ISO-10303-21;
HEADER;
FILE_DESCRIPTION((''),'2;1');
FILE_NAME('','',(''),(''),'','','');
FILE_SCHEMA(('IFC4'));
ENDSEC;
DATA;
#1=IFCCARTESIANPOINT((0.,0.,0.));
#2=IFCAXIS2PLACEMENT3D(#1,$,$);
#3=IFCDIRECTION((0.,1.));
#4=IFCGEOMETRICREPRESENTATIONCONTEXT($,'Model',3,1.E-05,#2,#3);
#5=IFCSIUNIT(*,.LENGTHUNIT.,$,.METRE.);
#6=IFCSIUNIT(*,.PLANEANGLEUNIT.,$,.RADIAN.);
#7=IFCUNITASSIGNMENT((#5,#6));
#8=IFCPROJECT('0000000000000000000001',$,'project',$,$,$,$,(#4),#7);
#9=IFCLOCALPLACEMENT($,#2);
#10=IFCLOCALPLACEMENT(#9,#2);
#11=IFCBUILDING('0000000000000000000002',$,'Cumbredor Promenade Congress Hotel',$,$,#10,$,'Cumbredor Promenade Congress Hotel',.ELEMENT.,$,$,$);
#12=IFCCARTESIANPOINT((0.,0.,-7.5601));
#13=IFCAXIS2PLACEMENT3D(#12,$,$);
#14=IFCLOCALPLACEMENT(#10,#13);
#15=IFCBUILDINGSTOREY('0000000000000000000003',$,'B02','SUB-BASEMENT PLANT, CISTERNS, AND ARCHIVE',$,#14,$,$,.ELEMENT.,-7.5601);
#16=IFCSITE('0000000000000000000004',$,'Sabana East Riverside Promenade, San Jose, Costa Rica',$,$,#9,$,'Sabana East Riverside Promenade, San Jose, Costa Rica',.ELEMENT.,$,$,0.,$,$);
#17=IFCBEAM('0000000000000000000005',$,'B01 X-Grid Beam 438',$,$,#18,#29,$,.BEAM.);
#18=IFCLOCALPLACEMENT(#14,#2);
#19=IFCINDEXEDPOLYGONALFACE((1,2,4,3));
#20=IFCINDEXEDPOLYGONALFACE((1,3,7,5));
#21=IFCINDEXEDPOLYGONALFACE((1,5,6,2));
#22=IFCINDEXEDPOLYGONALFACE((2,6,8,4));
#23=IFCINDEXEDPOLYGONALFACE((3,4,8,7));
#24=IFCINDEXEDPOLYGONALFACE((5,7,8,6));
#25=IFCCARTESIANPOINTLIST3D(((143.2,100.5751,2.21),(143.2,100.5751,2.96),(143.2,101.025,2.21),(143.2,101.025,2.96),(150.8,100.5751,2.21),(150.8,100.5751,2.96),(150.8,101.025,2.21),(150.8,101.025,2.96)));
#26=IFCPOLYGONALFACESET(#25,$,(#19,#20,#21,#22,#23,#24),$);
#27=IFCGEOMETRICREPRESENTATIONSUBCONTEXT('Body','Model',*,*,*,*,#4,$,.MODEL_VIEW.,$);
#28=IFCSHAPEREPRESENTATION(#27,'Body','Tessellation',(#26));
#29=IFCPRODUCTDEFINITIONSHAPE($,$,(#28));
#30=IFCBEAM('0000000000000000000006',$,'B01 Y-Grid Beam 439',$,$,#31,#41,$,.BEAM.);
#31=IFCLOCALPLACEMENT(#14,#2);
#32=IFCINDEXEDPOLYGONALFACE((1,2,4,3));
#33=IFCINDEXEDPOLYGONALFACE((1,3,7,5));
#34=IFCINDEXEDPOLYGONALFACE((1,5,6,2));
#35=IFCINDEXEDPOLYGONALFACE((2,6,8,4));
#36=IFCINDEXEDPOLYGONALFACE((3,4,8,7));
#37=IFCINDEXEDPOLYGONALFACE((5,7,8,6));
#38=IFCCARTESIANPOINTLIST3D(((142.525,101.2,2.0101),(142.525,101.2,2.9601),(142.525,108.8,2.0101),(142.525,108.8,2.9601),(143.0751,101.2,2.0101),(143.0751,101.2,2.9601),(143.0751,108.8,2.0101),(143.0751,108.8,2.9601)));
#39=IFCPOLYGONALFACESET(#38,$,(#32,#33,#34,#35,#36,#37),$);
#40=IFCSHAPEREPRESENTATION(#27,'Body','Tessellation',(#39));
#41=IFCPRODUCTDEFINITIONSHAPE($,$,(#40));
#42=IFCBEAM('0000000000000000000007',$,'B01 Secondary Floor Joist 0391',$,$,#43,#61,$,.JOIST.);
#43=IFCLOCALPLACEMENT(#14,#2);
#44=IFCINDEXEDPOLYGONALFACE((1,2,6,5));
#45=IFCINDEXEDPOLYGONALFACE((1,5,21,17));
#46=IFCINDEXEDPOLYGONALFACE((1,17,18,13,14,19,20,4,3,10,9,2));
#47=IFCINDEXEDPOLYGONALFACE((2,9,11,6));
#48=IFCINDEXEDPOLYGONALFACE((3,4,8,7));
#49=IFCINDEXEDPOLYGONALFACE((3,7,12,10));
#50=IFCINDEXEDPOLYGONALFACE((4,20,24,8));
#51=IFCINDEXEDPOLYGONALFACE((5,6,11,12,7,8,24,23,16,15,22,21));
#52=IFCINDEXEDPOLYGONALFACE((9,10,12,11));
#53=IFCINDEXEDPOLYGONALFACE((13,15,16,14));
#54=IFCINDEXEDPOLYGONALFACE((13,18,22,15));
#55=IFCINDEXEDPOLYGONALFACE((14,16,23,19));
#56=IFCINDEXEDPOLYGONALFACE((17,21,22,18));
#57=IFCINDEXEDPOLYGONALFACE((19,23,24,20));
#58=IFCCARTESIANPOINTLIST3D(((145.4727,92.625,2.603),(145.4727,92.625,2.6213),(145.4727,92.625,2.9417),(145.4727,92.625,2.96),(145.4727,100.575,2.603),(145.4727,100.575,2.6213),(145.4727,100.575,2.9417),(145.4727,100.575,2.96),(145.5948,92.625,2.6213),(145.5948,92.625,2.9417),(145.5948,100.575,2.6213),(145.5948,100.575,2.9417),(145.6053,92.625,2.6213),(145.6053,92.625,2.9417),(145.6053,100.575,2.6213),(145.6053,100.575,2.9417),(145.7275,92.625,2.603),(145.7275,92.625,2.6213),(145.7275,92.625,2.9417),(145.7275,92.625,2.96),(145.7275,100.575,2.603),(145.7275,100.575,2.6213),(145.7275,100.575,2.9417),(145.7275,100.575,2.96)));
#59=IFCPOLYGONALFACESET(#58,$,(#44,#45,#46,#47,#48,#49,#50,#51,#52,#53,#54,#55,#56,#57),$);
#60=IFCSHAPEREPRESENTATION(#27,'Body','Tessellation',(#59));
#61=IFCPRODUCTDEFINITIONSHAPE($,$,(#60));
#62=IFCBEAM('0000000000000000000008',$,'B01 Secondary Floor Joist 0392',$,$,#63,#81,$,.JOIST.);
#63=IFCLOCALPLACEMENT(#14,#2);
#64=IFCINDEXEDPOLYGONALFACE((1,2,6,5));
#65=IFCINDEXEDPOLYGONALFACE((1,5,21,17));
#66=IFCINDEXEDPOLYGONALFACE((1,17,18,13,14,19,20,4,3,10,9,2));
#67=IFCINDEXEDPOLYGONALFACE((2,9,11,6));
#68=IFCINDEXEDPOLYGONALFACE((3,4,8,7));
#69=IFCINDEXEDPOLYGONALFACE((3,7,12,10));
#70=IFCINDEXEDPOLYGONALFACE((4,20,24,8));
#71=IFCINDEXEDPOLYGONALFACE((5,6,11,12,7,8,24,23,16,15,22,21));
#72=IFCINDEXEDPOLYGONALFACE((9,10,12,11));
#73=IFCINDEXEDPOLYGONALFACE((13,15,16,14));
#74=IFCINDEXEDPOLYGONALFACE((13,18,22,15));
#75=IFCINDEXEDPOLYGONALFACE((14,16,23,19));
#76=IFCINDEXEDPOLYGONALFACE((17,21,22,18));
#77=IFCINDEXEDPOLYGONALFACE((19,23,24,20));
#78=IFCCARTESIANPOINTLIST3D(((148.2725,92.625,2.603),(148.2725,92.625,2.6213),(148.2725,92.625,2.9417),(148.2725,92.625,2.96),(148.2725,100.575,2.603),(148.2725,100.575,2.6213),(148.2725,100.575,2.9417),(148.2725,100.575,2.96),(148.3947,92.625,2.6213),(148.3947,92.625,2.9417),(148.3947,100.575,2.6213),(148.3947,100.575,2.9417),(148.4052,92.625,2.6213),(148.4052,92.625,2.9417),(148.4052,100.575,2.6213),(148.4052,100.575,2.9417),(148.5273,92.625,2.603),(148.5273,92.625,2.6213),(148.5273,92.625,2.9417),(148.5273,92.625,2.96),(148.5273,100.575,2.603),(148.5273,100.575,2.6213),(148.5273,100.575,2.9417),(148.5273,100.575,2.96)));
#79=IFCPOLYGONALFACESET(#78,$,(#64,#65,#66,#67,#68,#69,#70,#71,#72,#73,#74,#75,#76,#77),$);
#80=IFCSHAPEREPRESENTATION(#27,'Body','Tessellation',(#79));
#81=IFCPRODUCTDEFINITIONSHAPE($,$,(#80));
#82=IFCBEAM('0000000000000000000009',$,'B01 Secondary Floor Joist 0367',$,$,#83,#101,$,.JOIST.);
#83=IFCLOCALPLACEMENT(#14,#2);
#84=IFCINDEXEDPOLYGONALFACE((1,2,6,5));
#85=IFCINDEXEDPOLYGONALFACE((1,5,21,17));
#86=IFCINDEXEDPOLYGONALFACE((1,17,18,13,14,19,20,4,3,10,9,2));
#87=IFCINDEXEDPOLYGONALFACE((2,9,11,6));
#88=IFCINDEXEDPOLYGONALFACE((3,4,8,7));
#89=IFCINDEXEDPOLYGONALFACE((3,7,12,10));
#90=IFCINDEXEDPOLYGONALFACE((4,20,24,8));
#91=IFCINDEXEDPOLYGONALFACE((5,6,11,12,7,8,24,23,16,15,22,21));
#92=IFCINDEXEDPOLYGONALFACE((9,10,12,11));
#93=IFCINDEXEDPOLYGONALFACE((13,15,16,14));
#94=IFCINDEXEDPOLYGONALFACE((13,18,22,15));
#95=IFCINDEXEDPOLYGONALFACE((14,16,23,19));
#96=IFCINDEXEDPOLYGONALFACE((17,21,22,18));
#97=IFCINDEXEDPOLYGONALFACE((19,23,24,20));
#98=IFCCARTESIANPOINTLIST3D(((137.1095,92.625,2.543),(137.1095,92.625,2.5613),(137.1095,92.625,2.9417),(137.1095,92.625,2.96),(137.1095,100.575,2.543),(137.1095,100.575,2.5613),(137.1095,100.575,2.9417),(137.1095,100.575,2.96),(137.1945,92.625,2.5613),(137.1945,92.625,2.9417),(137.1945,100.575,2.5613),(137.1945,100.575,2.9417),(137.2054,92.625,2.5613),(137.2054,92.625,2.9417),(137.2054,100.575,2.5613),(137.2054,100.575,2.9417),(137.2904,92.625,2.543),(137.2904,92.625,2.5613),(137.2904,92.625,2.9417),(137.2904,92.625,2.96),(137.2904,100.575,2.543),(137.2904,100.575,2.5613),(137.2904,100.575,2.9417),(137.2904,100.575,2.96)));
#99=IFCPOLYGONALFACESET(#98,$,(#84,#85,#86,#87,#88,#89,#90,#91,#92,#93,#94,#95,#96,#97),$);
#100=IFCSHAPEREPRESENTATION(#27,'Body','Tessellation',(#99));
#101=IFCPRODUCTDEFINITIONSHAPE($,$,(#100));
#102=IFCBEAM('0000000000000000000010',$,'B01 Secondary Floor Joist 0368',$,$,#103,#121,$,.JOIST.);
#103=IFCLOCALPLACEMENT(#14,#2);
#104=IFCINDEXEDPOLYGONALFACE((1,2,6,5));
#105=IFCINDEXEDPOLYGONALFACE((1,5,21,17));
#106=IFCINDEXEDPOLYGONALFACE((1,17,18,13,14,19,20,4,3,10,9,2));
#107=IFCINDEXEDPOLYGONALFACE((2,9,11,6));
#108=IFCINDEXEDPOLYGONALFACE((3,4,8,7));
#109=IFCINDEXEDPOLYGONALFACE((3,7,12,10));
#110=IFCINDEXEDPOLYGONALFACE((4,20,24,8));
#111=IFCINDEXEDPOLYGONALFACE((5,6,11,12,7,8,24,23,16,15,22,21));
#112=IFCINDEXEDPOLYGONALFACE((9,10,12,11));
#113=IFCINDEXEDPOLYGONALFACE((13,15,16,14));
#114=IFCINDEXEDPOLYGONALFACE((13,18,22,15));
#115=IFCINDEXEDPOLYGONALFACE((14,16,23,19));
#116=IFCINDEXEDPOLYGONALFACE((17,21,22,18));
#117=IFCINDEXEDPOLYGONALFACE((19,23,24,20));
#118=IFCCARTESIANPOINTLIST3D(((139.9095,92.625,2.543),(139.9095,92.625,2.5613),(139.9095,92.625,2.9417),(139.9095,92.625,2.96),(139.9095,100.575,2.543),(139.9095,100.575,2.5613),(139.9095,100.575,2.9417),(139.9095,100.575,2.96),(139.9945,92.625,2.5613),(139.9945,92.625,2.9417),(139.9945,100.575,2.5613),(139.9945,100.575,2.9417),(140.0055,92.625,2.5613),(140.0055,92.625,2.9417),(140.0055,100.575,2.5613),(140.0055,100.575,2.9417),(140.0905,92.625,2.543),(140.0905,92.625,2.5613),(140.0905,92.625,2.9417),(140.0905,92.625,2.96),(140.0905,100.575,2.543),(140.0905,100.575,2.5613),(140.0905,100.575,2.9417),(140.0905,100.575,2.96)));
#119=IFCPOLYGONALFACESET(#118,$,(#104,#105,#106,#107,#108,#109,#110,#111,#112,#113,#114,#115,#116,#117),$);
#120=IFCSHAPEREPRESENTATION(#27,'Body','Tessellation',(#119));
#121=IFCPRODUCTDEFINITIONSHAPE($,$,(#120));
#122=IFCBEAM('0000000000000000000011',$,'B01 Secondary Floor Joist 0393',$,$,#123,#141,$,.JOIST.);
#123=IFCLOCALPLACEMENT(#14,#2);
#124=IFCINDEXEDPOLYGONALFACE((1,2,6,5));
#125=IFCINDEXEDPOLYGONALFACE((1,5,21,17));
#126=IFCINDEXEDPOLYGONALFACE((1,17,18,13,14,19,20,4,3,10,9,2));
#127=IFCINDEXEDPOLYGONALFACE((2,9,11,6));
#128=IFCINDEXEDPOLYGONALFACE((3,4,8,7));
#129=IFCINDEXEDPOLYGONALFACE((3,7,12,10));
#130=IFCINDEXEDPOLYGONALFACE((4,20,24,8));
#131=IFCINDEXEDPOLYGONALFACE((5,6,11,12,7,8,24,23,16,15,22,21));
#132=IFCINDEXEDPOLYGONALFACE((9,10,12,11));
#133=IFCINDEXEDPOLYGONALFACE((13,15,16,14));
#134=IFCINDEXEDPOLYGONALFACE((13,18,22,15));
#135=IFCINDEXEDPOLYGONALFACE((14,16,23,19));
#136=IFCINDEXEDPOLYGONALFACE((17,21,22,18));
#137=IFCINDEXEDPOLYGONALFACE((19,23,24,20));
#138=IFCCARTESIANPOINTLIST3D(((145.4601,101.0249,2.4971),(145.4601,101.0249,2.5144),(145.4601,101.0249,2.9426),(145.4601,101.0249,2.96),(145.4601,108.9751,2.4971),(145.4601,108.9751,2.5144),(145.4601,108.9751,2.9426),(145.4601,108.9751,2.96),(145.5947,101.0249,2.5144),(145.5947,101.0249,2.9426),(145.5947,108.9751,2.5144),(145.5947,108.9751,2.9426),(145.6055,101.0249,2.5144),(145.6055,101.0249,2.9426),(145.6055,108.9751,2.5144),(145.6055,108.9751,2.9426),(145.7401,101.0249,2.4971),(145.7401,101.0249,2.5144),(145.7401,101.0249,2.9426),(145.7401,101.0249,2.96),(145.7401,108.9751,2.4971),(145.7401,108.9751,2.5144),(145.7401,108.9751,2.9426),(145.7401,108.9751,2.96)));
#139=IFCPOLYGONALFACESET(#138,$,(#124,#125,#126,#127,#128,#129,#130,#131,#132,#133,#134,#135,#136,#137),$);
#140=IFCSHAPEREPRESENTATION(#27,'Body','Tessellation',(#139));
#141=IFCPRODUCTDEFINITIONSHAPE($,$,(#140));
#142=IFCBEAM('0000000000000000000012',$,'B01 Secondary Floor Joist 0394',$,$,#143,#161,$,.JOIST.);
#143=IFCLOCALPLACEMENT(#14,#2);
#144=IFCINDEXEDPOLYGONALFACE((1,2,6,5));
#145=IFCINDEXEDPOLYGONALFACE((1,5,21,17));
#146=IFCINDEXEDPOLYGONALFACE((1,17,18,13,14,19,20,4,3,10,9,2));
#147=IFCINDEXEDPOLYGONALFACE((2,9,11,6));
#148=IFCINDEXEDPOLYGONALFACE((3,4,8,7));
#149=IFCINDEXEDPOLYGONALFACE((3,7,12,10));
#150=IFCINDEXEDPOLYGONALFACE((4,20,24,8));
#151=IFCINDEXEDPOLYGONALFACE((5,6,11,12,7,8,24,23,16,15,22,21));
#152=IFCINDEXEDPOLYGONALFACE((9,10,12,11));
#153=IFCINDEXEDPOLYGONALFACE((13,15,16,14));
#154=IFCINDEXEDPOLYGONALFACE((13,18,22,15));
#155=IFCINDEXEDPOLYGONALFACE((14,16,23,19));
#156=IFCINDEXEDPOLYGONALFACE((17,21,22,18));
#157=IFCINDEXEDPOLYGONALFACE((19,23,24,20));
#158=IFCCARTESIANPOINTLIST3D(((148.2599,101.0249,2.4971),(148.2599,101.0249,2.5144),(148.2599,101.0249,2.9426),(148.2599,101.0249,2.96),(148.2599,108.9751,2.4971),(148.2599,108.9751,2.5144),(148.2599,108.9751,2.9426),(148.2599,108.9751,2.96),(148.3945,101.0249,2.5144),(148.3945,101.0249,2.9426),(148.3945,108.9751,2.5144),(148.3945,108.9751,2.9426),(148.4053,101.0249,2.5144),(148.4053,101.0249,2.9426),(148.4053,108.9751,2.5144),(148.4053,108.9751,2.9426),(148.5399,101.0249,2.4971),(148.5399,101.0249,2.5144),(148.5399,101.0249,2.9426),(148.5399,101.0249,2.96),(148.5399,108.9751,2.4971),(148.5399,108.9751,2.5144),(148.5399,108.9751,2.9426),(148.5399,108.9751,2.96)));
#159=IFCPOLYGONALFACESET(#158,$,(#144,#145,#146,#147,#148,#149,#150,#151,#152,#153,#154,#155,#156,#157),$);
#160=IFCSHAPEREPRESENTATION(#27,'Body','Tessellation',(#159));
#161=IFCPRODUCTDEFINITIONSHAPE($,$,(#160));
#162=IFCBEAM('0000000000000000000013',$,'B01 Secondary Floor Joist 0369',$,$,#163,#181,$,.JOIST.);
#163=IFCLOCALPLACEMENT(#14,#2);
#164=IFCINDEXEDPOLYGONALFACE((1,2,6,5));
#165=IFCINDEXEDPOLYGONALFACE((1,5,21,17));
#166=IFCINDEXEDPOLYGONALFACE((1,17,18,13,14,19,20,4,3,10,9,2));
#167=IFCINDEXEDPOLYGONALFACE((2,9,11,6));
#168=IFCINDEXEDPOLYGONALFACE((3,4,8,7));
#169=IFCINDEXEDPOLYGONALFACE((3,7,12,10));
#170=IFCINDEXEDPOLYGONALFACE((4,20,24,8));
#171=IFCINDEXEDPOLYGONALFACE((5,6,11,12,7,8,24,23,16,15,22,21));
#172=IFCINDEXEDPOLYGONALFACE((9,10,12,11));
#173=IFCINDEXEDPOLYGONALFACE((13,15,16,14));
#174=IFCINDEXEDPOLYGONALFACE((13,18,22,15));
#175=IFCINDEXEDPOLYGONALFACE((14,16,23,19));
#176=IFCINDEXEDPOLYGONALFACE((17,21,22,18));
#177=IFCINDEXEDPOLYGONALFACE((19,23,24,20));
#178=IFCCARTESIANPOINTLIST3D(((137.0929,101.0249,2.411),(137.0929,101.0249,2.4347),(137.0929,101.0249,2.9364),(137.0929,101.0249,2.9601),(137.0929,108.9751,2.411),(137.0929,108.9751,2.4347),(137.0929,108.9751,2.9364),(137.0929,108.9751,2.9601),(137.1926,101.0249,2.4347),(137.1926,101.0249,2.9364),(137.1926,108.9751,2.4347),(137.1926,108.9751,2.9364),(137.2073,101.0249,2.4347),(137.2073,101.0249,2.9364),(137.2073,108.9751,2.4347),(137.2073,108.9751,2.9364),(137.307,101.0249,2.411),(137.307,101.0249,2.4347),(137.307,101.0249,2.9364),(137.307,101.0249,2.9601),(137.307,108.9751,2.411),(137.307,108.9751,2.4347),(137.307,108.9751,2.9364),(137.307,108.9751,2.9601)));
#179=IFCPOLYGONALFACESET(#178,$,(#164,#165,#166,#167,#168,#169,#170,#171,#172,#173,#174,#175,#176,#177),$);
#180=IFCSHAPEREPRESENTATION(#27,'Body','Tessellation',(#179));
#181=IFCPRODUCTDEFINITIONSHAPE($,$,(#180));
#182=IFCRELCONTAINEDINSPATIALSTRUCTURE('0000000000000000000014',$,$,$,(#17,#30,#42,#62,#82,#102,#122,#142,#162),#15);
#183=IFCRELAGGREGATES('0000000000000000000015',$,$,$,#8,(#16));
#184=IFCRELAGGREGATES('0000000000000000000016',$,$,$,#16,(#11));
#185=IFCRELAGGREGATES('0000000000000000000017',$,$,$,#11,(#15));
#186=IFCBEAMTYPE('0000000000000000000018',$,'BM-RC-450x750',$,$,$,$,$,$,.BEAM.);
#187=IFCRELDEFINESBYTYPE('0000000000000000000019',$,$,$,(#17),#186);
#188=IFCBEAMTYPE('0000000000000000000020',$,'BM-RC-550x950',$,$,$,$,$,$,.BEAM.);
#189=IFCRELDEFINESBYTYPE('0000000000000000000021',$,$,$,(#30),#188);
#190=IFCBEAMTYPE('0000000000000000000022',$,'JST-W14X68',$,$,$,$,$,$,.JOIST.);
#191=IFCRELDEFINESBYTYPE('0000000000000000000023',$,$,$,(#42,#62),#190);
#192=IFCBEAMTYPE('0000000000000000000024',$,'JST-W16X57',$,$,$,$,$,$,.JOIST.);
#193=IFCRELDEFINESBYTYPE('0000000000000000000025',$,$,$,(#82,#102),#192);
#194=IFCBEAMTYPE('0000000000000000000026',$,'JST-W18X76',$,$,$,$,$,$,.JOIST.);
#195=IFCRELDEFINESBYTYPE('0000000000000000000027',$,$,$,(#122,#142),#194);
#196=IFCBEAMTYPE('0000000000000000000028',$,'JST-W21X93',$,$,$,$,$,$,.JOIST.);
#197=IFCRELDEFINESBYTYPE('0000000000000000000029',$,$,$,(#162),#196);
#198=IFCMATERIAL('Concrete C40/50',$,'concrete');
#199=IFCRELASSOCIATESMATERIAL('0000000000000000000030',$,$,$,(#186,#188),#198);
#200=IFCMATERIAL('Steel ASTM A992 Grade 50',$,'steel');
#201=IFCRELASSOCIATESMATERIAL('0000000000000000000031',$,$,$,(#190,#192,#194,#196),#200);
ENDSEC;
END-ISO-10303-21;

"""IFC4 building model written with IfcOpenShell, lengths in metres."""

from ifc_helpers import new_model, si_unit, direction, frame, origin, origin_2d, place, context, subcontext, project, spatial, rectangle, i_section, extrude, material, material_profile, profile_set, type_object, element, save


model = new_model("IFC4")

# Units and contexts
model_context = context("Model", 3, precision=1e-05, world=origin(), true_north=direction((0.0, 1.0)))
body_context = subcontext(model_context, "Body", "Model", "MODEL_VIEW")
ifc_project = project(units=[si_unit("LENGTHUNIT", "METRE"), si_unit("PLANEANGLEUNIT", "RADIAN")], contexts=[model_context])

# Site, building, storey
site_placement = place(None, origin())
site = spatial("IfcSite", under=ifc_project, at=site_placement, Name="Sabana East Riverside Promenade, San Jose, Costa Rica", LongName="Sabana East Riverside Promenade, San Jose, Costa Rica", CompositionType="ELEMENT", RefElevation=0.0)
building_placement = place(site_placement, origin())
building = spatial("IfcBuilding", under=site, at=building_placement, Name="Cumbredor Promenade Congress Hotel", LongName="Cumbredor Promenade Congress Hotel", CompositionType="ELEMENT")
storey_placement = place(building_placement, frame((0.0, 0.0, -7.5601)))
storey = spatial("IfcBuildingStorey", under=building, at=storey_placement, Name="B02", Description="SUB-BASEMENT PLANT, CISTERNS, AND ARCHIVE", CompositionType="ELEMENT", Elevation=-7.5601)

# Shared definitions
ifc_material_1 = material(Name="Concrete C40/50", Category="concrete")

# Beams
ifc_material_profile_1 = material_profile(ifc_material_1, rectangle(XDim=0.45, YDim=0.75, at=origin_2d()), Name="RC BEAM 450x750")
ifc_profile_set_1 = profile_set([ifc_material_profile_1], Name="Concrete C40/50")
beam_type_1 = type_object("IfcBeamType", Name="BM-RC-450x750", PredefinedType="BEAM", material=ifc_profile_set_1)
beam_1_placement = place(storey_placement, frame((143.2, 100.8, 2.585), z_axis=(1.0, 0.0, 0.0), x_axis=(0.0, 1.0, 0.0)))
element("IfcBeam", 1, at=beam_1_placement, inside=storey, type_object=beam_type_1, Name="B01 X-Grid Beam 438", PredefinedType="BEAM", context=body_context, shape_type="SweptSolid", body=[
    extrude(rectangle(XDim=0.45, YDim=0.75, at=origin_2d()), origin(), (0.0, 0.0, 1.0), 7.6001),
])
ifc_material_profile_2 = material_profile(ifc_material_1, rectangle(XDim=0.55, YDim=0.95, at=origin_2d()), Name="RC BEAM 550x950")
ifc_profile_set_2 = profile_set([ifc_material_profile_2], Name="Concrete C40/50")
beam_type_2 = type_object("IfcBeamType", Name="BM-RC-550x950", PredefinedType="BEAM", material=ifc_profile_set_2)
beam_2_placement = place(storey_placement, frame((142.8, 101.2, 2.4851), z_axis=(0.0, 1.0, 0.0), x_axis=(-1.0, 0.0, 0.0)))
element("IfcBeam", 2, at=beam_2_placement, inside=storey, type_object=beam_type_2, Name="B01 Y-Grid Beam 439", PredefinedType="BEAM", context=body_context, shape_type="SweptSolid", body=[
    extrude(rectangle(XDim=0.55, YDim=0.95, at=origin_2d()), origin(), (0.0, 0.0, 1.0), 7.6001),
])
ifc_material_2 = material(Name="Steel ASTM A992 Grade 50", Category="steel")
ifc_material_profile_3 = material_profile(ifc_material_2, i_section(OverallWidth=0.2549, OverallDepth=0.3569, WebThickness=0.0105, FlangeThickness=0.0183, at=origin_2d()), Name="W14X68")
ifc_profile_set_3 = profile_set([ifc_material_profile_3], Name="Steel ASTM A992 Grade 50")
beam_type_3 = type_object("IfcBeamType", Name="JST-W14X68", PredefinedType="JOIST", material=ifc_profile_set_3)
for number, where, z_axis, x_axis, name in (
    (3, (145.6001, 92.625, 2.7815), (0.0, 1.0, 0.0), (-1.0, 0.0, 0.0), "B01 Secondary Floor Joist 0391"),
    (4, (148.3999, 92.625, 2.7815), (0.0, 1.0, 0.0), (-1.0, 0.0, 0.0), "B01 Secondary Floor Joist 0392"),
):
    element("IfcBeam", number, at=place(storey_placement, frame(where, z_axis=z_axis, x_axis=x_axis)), inside=storey, type_object=beam_type_3, Name=name, PredefinedType="JOIST", context=body_context, shape_type="SweptSolid", body=[
        extrude(i_section(OverallWidth=0.2549, OverallDepth=0.3569, WebThickness=0.0105, FlangeThickness=0.0183, at=origin_2d()), origin(), (0.0, 0.0, 1.0), 7.95),
    ])
ifc_material_profile_4 = material_profile(ifc_material_2, i_section(OverallWidth=0.1809, OverallDepth=0.417, WebThickness=0.011, FlangeThickness=0.0183, at=origin_2d()), Name="W16X57")
ifc_profile_set_4 = profile_set([ifc_material_profile_4], Name="Steel ASTM A992 Grade 50")
beam_type_4 = type_object("IfcBeamType", Name="JST-W16X57", PredefinedType="JOIST", material=ifc_profile_set_4)
for number, where, z_axis, x_axis, name in (
    (5, (137.2, 92.625, 2.7515), (0.0, 1.0, 0.0), (-1.0, 0.0, 0.0), "B01 Secondary Floor Joist 0367"),
    (6, (140.0, 92.625, 2.7515), (0.0, 1.0, 0.0), (-1.0, 0.0, 0.0), "B01 Secondary Floor Joist 0368"),
):
    element("IfcBeam", number, at=place(storey_placement, frame(where, z_axis=z_axis, x_axis=x_axis)), inside=storey, type_object=beam_type_4, Name=name, PredefinedType="JOIST", context=body_context, shape_type="SweptSolid", body=[
        extrude(i_section(OverallWidth=0.1809, OverallDepth=0.417, WebThickness=0.011, FlangeThickness=0.0183, at=origin_2d()), origin(), (0.0, 0.0, 1.0), 7.95),
    ])
ifc_material_profile_5 = material_profile(ifc_material_2, i_section(OverallWidth=0.28, OverallDepth=0.4629, WebThickness=0.0107, FlangeThickness=0.0173, at=origin_2d()), Name="W18X76")
ifc_profile_set_5 = profile_set([ifc_material_profile_5], Name="Steel ASTM A992 Grade 50")
beam_type_5 = type_object("IfcBeamType", Name="JST-W18X76", PredefinedType="JOIST", material=ifc_profile_set_5)
for number, where, z_axis, x_axis, name in (
    (7, (145.6001, 101.0249, 2.7285), (0.0, 1.0, 0.0), (-1.0, 0.0, 0.0), "B01 Secondary Floor Joist 0393"),
    (8, (148.3999, 101.0249, 2.7285), (0.0, 1.0, 0.0), (-1.0, 0.0, 0.0), "B01 Secondary Floor Joist 0394"),
):
    element("IfcBeam", number, at=place(storey_placement, frame(where, z_axis=z_axis, x_axis=x_axis)), inside=storey, type_object=beam_type_5, Name=name, PredefinedType="JOIST", context=body_context, shape_type="SweptSolid", body=[
        extrude(i_section(OverallWidth=0.28, OverallDepth=0.4629, WebThickness=0.0107, FlangeThickness=0.0173, at=origin_2d()), origin(), (0.0, 0.0, 1.0), 7.9502),
    ])
ifc_material_profile_6 = material_profile(ifc_material_2, i_section(OverallWidth=0.2141, OverallDepth=0.5491, WebThickness=0.0146, FlangeThickness=0.0237, at=origin_2d()), Name="W21X93")
ifc_profile_set_6 = profile_set([ifc_material_profile_6], Name="Steel ASTM A992 Grade 50")
beam_type_6 = type_object("IfcBeamType", Name="JST-W21X93", PredefinedType="JOIST", material=ifc_profile_set_6)
for number, where, z_axis, x_axis, name in (
    (9, (137.2, 101.0249, 2.6855), (0.0, 1.0, 0.0), (-1.0, 0.0, 0.0), "B01 Secondary Floor Joist 0369"),
):
    element("IfcBeam", number, at=place(storey_placement, frame(where, z_axis=z_axis, x_axis=x_axis)), inside=storey, type_object=beam_type_6, Name=name, PredefinedType="JOIST", context=body_context, shape_type="SweptSolid", body=[
        extrude(i_section(OverallWidth=0.2141, OverallDepth=0.5491, WebThickness=0.0146, FlangeThickness=0.0237, at=origin_2d()), origin(), (0.0, 0.0, 1.0), 7.9502),
    ])

save(model, "model.ifc")
